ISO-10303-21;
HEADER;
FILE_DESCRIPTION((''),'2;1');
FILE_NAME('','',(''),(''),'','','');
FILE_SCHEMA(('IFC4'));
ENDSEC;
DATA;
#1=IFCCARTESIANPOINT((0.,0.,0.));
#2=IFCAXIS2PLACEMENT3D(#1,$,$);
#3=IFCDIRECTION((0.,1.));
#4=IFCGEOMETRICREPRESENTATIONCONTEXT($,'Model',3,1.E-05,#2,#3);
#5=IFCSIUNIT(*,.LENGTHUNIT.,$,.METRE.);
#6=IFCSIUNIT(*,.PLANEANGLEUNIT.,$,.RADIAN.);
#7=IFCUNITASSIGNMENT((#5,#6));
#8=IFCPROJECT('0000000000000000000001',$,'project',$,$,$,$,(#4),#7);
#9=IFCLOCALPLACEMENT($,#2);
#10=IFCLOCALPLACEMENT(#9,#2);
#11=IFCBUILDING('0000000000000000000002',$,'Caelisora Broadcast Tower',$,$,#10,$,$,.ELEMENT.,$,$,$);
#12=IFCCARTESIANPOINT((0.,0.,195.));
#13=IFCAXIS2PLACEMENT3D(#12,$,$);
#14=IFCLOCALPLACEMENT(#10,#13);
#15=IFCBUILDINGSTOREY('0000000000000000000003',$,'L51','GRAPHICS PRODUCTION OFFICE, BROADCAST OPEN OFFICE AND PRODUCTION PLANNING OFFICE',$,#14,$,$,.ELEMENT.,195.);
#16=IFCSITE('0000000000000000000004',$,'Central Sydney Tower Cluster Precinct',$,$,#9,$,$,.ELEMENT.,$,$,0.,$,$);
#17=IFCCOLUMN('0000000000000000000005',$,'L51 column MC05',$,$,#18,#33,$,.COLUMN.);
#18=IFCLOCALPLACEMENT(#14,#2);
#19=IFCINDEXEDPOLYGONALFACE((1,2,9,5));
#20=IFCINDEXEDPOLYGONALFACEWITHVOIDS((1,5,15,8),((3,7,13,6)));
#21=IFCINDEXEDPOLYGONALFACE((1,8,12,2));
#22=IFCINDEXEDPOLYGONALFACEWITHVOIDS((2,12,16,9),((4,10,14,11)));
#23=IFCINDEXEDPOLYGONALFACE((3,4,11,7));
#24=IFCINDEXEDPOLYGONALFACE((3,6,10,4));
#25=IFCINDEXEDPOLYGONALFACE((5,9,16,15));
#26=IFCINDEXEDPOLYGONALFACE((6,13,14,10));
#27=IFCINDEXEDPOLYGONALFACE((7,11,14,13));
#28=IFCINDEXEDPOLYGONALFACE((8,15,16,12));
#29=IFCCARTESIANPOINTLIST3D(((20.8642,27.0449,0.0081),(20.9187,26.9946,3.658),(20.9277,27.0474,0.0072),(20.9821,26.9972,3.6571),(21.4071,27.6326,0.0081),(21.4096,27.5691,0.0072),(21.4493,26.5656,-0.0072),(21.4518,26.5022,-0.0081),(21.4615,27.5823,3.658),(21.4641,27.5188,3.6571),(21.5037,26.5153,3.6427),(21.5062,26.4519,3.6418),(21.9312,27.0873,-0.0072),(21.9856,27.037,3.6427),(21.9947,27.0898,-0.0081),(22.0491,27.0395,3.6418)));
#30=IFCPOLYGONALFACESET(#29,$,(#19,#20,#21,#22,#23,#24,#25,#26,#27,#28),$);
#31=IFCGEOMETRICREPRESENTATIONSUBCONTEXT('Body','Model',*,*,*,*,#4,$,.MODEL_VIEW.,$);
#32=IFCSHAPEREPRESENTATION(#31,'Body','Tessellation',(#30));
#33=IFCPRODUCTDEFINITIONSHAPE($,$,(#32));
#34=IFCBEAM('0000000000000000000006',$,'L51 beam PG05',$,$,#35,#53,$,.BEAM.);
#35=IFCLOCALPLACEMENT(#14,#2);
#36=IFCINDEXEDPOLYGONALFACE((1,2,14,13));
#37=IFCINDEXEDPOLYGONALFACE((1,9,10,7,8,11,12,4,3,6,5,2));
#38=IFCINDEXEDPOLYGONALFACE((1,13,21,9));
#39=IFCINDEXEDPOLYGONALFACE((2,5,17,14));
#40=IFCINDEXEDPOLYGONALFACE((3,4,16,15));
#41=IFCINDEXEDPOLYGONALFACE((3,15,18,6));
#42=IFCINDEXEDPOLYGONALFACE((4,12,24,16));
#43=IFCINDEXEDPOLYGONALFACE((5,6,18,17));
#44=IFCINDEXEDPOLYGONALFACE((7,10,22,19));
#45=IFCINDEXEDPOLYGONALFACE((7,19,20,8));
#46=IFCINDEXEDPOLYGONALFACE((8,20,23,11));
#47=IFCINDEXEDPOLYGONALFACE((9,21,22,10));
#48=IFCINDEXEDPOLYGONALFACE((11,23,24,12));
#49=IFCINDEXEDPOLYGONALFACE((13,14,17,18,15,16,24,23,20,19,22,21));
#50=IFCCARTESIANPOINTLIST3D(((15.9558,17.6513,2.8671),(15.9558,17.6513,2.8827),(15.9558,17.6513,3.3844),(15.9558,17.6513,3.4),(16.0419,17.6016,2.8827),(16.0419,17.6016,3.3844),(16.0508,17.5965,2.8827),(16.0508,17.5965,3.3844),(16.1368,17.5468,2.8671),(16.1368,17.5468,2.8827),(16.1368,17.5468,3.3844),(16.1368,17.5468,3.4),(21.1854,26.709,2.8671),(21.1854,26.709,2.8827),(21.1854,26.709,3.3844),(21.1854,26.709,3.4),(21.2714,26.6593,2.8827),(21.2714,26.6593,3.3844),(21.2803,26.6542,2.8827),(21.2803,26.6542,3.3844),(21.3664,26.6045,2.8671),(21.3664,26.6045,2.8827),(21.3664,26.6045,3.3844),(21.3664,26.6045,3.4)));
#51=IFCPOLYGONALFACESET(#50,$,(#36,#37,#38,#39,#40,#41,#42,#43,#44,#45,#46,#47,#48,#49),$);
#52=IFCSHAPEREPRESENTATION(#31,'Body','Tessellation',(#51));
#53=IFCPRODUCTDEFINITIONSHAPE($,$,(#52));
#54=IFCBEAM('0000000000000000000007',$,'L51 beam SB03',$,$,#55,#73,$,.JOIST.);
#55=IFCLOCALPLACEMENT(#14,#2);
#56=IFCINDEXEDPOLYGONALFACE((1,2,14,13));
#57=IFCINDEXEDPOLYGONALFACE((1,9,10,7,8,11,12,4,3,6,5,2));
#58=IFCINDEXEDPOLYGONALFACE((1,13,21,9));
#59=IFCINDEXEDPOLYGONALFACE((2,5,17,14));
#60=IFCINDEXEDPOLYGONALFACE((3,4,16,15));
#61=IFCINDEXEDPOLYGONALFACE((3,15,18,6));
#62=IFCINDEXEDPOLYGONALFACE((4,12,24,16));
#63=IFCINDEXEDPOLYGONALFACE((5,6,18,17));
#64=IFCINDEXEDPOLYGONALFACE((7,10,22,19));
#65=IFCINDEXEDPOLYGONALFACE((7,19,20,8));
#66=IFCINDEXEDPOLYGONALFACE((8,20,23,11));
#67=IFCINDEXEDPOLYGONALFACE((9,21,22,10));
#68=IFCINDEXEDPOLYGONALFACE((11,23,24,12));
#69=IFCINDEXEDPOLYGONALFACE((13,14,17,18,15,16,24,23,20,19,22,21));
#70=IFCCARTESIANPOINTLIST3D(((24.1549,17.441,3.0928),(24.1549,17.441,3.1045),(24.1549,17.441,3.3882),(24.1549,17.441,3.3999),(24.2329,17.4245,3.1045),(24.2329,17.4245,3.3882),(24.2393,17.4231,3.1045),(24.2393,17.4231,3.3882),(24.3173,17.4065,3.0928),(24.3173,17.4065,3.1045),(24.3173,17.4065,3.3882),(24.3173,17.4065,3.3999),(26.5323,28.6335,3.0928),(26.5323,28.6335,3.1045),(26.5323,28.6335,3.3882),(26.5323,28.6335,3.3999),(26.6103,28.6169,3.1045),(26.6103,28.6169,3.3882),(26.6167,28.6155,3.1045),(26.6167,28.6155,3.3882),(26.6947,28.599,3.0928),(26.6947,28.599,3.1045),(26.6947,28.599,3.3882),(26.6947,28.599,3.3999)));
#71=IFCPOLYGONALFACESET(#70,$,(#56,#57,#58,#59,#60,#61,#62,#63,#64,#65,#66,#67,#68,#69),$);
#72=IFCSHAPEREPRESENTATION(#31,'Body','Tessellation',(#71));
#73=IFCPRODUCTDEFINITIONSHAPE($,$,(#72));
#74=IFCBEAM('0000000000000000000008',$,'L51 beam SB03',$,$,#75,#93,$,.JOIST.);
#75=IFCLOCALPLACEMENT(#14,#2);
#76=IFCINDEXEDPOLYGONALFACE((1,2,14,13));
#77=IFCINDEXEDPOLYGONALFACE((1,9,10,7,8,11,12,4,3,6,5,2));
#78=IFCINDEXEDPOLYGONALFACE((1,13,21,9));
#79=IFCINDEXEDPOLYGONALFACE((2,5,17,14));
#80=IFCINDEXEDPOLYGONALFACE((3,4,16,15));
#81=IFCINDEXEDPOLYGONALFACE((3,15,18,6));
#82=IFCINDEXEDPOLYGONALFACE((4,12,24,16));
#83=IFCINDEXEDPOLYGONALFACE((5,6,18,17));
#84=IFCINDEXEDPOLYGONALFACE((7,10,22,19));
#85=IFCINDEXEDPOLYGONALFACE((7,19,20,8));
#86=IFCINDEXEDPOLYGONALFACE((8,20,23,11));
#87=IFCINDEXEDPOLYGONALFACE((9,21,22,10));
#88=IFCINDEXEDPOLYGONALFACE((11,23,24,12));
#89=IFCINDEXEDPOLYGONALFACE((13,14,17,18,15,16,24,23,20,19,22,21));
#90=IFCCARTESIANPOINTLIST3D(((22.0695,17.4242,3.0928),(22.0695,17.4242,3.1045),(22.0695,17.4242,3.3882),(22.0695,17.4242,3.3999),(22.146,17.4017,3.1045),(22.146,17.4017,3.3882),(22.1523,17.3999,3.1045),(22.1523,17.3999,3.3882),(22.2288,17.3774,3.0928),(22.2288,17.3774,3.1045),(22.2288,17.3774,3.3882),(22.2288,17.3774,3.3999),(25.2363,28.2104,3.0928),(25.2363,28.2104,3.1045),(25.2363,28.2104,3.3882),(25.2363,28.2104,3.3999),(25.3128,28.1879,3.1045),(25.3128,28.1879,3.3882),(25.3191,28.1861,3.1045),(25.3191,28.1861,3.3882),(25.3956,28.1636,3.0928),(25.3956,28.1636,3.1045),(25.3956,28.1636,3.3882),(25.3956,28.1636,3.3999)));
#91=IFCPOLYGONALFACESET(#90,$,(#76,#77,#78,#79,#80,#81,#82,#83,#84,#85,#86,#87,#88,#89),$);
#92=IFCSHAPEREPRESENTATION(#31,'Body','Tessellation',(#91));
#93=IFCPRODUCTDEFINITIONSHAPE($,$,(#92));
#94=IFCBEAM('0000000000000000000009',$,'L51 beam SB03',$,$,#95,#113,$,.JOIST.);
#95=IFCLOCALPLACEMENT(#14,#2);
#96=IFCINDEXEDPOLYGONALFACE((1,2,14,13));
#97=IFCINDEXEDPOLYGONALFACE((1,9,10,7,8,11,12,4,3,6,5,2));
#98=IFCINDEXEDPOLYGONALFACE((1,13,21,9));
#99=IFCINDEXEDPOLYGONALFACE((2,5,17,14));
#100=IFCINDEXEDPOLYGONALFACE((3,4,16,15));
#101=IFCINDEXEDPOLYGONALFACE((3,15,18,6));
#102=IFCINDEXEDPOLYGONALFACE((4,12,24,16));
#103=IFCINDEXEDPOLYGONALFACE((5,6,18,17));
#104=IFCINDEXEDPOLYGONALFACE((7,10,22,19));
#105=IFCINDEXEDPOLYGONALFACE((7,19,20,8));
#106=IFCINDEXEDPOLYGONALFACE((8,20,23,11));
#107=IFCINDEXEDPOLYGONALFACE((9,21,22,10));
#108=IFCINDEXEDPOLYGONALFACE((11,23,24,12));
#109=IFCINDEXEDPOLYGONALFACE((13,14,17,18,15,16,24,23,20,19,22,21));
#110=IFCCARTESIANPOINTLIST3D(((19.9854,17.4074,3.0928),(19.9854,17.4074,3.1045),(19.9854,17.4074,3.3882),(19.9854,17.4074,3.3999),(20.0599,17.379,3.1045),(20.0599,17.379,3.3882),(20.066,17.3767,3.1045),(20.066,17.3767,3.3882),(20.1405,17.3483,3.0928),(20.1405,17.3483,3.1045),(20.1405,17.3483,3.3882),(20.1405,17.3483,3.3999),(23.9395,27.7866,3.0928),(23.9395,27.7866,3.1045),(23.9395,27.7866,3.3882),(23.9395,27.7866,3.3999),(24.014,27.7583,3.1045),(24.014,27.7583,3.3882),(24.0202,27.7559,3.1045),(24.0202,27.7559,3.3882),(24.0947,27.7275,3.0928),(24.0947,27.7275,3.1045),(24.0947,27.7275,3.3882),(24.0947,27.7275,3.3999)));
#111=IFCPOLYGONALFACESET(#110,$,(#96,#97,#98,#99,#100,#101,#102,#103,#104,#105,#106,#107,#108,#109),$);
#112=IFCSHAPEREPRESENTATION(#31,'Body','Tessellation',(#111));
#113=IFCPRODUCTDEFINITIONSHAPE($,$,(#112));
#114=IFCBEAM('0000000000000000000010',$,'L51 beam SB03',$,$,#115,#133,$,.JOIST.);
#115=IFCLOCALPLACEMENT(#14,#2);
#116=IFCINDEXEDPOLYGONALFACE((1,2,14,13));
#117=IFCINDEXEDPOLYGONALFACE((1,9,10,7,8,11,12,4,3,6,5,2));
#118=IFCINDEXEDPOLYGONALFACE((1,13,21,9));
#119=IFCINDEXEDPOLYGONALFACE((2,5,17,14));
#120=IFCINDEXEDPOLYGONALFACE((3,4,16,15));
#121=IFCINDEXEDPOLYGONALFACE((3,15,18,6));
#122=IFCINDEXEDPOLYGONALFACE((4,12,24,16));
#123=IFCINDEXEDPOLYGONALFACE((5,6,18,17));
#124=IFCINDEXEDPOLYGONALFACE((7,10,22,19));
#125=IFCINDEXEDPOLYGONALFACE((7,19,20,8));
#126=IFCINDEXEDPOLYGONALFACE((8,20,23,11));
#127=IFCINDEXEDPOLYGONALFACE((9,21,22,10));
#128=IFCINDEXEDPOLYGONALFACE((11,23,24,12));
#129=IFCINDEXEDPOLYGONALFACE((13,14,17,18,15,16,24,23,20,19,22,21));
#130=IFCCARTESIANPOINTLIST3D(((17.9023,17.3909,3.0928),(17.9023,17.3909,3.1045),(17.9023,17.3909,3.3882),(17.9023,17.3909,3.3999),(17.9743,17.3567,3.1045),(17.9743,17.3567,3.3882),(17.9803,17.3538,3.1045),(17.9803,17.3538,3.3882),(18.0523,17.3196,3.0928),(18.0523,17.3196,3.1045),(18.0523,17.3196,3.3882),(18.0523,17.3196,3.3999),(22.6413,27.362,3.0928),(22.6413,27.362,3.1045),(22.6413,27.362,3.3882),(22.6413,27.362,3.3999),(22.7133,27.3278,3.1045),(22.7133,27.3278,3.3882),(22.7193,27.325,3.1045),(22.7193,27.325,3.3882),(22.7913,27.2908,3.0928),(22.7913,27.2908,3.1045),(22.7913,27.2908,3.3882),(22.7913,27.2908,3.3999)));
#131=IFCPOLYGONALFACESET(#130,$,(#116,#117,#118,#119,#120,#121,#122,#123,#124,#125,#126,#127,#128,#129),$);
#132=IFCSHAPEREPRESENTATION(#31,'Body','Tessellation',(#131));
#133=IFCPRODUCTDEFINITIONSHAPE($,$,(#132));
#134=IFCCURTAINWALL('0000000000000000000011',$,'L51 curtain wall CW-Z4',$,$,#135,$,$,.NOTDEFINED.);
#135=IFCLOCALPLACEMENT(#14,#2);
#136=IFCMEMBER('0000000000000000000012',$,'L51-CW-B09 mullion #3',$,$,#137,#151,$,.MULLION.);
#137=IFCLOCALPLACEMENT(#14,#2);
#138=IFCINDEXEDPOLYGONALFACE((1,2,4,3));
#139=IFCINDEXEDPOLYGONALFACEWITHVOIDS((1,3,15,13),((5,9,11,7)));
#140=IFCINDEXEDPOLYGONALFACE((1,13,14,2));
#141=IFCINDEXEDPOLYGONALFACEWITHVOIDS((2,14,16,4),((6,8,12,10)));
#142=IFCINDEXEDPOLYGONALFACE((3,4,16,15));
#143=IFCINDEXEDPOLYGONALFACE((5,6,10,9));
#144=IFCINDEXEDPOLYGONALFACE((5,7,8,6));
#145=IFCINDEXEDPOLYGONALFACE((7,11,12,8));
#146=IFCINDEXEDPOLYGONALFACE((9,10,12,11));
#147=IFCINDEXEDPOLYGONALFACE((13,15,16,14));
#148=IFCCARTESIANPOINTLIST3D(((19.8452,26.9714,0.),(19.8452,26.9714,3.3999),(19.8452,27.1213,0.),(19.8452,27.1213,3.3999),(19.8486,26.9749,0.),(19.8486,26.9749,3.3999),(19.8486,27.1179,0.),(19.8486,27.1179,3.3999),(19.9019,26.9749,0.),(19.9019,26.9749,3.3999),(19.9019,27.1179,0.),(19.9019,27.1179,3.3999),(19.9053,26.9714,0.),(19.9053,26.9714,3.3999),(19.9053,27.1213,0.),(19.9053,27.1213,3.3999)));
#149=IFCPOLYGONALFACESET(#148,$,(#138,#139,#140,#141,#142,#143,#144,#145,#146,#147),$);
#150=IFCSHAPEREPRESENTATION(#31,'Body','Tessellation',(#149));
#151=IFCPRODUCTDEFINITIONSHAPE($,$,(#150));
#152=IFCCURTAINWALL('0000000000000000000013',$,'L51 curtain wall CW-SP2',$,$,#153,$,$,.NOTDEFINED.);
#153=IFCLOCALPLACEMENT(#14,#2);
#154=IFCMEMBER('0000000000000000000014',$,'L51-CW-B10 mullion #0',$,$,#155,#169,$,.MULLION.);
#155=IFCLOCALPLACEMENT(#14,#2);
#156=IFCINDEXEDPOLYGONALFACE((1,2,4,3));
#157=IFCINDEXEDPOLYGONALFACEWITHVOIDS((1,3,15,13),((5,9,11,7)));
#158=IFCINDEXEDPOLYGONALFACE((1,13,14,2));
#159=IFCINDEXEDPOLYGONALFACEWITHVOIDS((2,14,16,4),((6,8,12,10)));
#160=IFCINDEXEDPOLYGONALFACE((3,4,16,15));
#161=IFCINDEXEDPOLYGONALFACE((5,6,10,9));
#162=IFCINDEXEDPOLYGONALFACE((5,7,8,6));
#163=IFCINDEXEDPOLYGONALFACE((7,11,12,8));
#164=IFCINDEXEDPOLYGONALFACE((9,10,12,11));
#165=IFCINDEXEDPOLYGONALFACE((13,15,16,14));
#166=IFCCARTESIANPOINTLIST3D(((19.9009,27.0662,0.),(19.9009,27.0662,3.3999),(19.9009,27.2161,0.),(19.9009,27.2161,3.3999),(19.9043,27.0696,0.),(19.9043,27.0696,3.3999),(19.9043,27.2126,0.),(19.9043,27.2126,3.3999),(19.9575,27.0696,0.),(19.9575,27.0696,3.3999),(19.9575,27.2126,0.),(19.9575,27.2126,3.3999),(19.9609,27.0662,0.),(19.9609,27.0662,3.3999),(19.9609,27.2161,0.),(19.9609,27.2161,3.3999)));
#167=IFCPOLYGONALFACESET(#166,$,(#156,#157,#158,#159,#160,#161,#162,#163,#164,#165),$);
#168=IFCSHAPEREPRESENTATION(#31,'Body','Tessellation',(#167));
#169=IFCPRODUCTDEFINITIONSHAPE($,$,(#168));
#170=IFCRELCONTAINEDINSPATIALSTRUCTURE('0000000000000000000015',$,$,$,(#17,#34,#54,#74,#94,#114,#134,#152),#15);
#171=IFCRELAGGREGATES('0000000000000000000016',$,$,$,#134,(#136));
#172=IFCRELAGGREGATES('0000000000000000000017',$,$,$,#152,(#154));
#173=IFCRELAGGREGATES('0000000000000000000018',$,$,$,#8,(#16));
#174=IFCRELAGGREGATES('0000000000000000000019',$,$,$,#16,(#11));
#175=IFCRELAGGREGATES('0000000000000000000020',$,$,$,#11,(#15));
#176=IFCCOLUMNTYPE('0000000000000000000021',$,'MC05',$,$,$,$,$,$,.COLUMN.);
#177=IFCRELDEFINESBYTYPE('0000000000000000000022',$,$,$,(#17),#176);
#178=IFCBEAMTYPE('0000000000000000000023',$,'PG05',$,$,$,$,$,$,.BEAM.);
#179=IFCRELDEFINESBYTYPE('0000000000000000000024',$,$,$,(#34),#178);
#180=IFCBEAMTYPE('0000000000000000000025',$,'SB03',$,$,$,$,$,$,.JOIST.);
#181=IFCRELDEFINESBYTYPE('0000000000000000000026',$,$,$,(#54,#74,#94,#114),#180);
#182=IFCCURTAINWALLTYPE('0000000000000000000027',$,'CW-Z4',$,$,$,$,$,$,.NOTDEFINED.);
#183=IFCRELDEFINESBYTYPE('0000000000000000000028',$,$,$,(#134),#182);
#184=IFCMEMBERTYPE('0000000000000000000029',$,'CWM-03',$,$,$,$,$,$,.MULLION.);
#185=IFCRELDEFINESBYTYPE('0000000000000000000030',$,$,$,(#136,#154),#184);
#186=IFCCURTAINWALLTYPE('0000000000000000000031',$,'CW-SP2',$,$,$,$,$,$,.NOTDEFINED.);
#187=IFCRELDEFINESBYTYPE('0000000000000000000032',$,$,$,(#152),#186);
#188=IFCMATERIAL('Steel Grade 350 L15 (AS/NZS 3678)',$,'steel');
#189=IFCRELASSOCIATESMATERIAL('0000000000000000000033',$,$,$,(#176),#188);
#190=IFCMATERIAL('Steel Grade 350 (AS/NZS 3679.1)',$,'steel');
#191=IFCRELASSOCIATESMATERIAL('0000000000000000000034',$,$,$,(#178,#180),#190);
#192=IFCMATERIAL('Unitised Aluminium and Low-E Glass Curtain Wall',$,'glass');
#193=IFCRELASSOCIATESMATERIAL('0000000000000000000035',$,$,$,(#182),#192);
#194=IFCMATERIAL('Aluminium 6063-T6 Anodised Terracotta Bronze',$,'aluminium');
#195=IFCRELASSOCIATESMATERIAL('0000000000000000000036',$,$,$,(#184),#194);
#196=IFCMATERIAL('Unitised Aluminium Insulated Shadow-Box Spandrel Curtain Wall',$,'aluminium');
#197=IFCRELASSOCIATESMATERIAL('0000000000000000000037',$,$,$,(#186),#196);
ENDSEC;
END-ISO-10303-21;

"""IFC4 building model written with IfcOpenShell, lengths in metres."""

from ifc_helpers import new_model, si_unit, direction, frame, origin, origin_2d, place, context, subcontext, project, spatial, hollow_rectangle, i_section, extrude, source, transform, mapped, material, material_profile, profile_set, type_object, type_shapes, element, aggregate, save


model = new_model("IFC4")

# Units and contexts
model_context = context("Model", 3, precision=1e-05, world=origin(), true_north=direction((0.0, 1.0)))
body_context = subcontext(model_context, "Body", "Model", "MODEL_VIEW")
ifc_project = project(units=[si_unit("LENGTHUNIT", "METRE"), si_unit("PLANEANGLEUNIT", "RADIAN")], contexts=[model_context])

# Site, building, storey
site_placement = place(None, origin())
site = spatial("IfcSite", under=ifc_project, at=site_placement, Name="Central Sydney Tower Cluster Precinct", CompositionType="ELEMENT", RefElevation=0.0)
building_placement = place(site_placement, origin())
building = spatial("IfcBuilding", under=site, at=building_placement, Name="Caelisora Broadcast Tower", CompositionType="ELEMENT")
storey_placement = place(building_placement, frame((0.0, 0.0, 195.0)))
storey = spatial("IfcBuildingStorey", under=building, at=storey_placement, Name="L51", Description="GRAPHICS PRODUCTION OFFICE, BROADCAST OPEN OFFICE AND PRODUCTION PLANNING OFFICE", CompositionType="ELEMENT", Elevation=195.0)

# Column
ifc_material_1 = material(Name="Steel Grade 350 L15 (AS/NZS 3678)", Category="steel")
ifc_material_profile_1 = material_profile(ifc_material_1, hollow_rectangle(XDim=0.8, YDim=0.8, WallThickness=0.0449, at=origin_2d()), Name="Steel Grade 350 L15 (AS/NZS 3678)")
ifc_profile_set_1 = profile_set([ifc_material_profile_1], Name="Steel Grade 350 L15 (AS/NZS 3678)")
column_type = type_object("IfcColumnType", Name="MC05", PredefinedType="COLUMN", material=ifc_profile_set_1)
shared_shape_1 = source(origin(), body_context, "Body", "SweptSolid", [
    extrude(hollow_rectangle(XDim=0.8, YDim=0.8, WallThickness=0.0449, at=origin_2d()), origin(), (0.0, 0.0, 1.0), 3.6506),
])
type_shapes(column_type, [shared_shape_1])
column_placement = place(storey_placement, frame((21.4294, 27.0674, 0.0), z_axis=(0.014913, -0.013776, 0.999794), x_axis=(0.678554, 0.734551, 0.0)))
element("IfcColumn", 1, at=column_placement, inside=storey, type_object=column_type, Name="L51 column MC05", PredefinedType="COLUMN", context=body_context, shape_type="MappedRepresentation", body=[
    mapped(shared_shape_1, transform((0.0, 0.0, 0.0), scale=1.0)),
])

# Beams
ifc_material_2 = material(Name="Steel Grade 350 (AS/NZS 3679.1)", Category="steel")
ifc_material_profile_2 = material_profile(ifc_material_2, i_section(OverallWidth=0.209, OverallDepth=0.533, WebThickness=0.0103, FlangeThickness=0.0156, at=origin_2d()), Name="Steel Grade 350 (AS/NZS 3679.1)")
ifc_profile_set_2 = profile_set([ifc_material_profile_2], Name="Steel Grade 350 (AS/NZS 3679.1)")
beam_type_1 = type_object("IfcBeamType", Name="PG05", PredefinedType="BEAM", material=ifc_profile_set_2)
shared_shape_2 = source(origin(), body_context, "Body", "SweptSolid", [
    extrude(i_section(OverallWidth=0.209, OverallDepth=0.533, WebThickness=0.0103, FlangeThickness=0.0156, at=origin_2d()), origin(), (0.0, 0.0, 1.0), 10.459),
])
type_shapes(beam_type_1, [shared_shape_2])
beam_1_placement = place(storey_placement, frame((21.2759, 26.6567, 3.1335), z_axis=(-0.500005, -0.866022, 0.0), x_axis=(0.866022, -0.500005, 0.0)))
element("IfcBeam", 2, at=beam_1_placement, inside=storey, type_object=beam_type_1, Name="L51 beam PG05", PredefinedType="BEAM", context=body_context, shape_type="MappedRepresentation", body=[
    mapped(shared_shape_2, transform((0.0, 0.0, 0.0), scale=1.0)),
])
ifc_material_profile_3 = material_profile(ifc_material_2, i_section(OverallWidth=0.166, OverallDepth=0.3071, WebThickness=0.0066, FlangeThickness=0.0117, at=origin_2d()), Name="Steel Grade 350 (AS/NZS 3679.1)")
ifc_profile_set_3 = profile_set([ifc_material_profile_3], Name="Steel Grade 350 (AS/NZS 3679.1)")
beam_type_2 = type_object("IfcBeamType", Name="SB03", PredefinedType="JOIST", material=ifc_profile_set_3)
shared_shape_3 = source(origin(), body_context, "Body", "SweptSolid", [
    extrude(i_section(OverallWidth=0.166, OverallDepth=0.3071, WebThickness=0.0066, FlangeThickness=0.0117, at=origin_2d()), origin(), (0.0, 0.0, 1.0), 11.4421),
])
beam_2_placement = place(storey_placement, frame((26.6135, 28.6162, 3.2463), z_axis=(-0.20778, -0.978176, 0.0), x_axis=(0.978176, -0.20778, 0.0)))
element("IfcBeam", 3, at=beam_2_placement, inside=storey, type_object=beam_type_2, Name="L51 beam SB03", PredefinedType="JOIST", context=body_context, shape_type="MappedRepresentation", body=[
    mapped(shared_shape_3, transform((0.0, 0.0, 0.0), scale=1.0)),
])
shared_shape_4 = source(origin(), body_context, "Body", "SweptSolid", [
    extrude(i_section(OverallWidth=0.166, OverallDepth=0.3071, WebThickness=0.0066, FlangeThickness=0.0117, at=origin_2d()), origin(), (0.0, 0.0, 1.0), 11.2415),
])
beam_3_placement = place(storey_placement, frame((25.3159, 28.187, 3.2463), z_axis=(-0.281704, -0.959501, 0.0), x_axis=(0.959501, -0.281704, 0.0)))
element("IfcBeam", 4, at=beam_3_placement, inside=storey, type_object=beam_type_2, Name="L51 beam SB03", PredefinedType="JOIST", context=body_context, shape_type="MappedRepresentation", body=[
    mapped(shared_shape_4, transform((0.0, 0.0, 0.0), scale=1.0)),
])
shared_shape_5 = source(origin(), body_context, "Body", "SweptSolid", [
    extrude(i_section(OverallWidth=0.166, OverallDepth=0.3071, WebThickness=0.0066, FlangeThickness=0.0117, at=origin_2d()), origin(), (0.0, 0.0, 1.0), 11.1069),
])
beam_4_placement = place(storey_placement, frame((24.0171, 27.7571, 3.2463), z_axis=(-0.356006, -0.934484, 0.0), x_axis=(0.934484, -0.356006, 0.0)))
element("IfcBeam", 5, at=beam_4_placement, inside=storey, type_object=beam_type_2, Name="L51 beam SB03", PredefinedType="JOIST", context=body_context, shape_type="MappedRepresentation", body=[
    mapped(shared_shape_5, transform((0.0, 0.0, 0.0), scale=1.0)),
])
shared_shape_6 = source(origin(), body_context, "Body", "SweptSolid", [
    extrude(i_section(OverallWidth=0.166, OverallDepth=0.3071, WebThickness=0.0066, FlangeThickness=0.0117, at=origin_2d()), origin(), (0.0, 0.0, 1.0), 11.04),
])
type_shapes(beam_type_2, [shared_shape_3, shared_shape_4, shared_shape_5, shared_shape_6])
beam_5_placement = place(storey_placement, frame((22.7163, 27.3264, 3.2463), z_axis=(-0.429256, -0.903183, 0.0), x_axis=(0.903183, -0.429256, 0.0)))
element("IfcBeam", 6, at=beam_5_placement, inside=storey, type_object=beam_type_2, Name="L51 beam SB03", PredefinedType="JOIST", context=body_context, shape_type="MappedRepresentation", body=[
    mapped(shared_shape_6, transform((0.0, 0.0, 0.0), scale=1.0)),
])

# Curtain wall, member
ifc_material_3 = material(Name="Unitised Aluminium and Low-E Glass Curtain Wall", Category="glass")
curtain_wall_type_1 = type_object("IfcCurtainWallType", Name="CW-Z4", PredefinedType="NOTDEFINED", material=ifc_material_3)
curtain_wall_1_placement = place(storey_placement, origin())
curtain_wall_1 = element("IfcCurtainWall", 7, at=curtain_wall_1_placement, inside=storey, type_object=curtain_wall_type_1, Name="L51 curtain wall CW-Z4", PredefinedType="NOTDEFINED")
ifc_material_4 = material(Name="Aluminium 6063-T6 Anodised Terracotta Bronze", Category="aluminium")
ifc_material_profile_4 = material_profile(ifc_material_4, hollow_rectangle(XDim=0.0601, YDim=0.1499, WallThickness=0.0034, at=origin_2d()), Name="Aluminium 6063-T6 Anodised Terracotta Bronze")
ifc_profile_set_4 = profile_set([ifc_material_profile_4], Name="Aluminium 6063-T6 Anodised Terracotta Bronze")
member_type_1 = type_object("IfcMemberType", Name="CWM-03", PredefinedType="MULLION", material=ifc_profile_set_4)
shared_shape_7 = source(origin(), body_context, "Body", "SweptSolid", [
    extrude(hollow_rectangle(XDim=0.0601, YDim=0.1499, WallThickness=0.0034, at=origin_2d()), origin(), (0.0, 0.0, 1.0), 3.3999),
])
type_shapes(member_type_1, [shared_shape_7])
member_1_placement = place(storey_placement, frame((19.8752, 27.0464, 0.0), z_axis=(0.0, 0.0, 1.0), x_axis=(1.0, 0.0, 0.0)))
member_1 = element("IfcMember", 8, at=member_1_placement, type_object=member_type_1, Name="L51-CW-B09 mullion #3", PredefinedType="MULLION", context=body_context, shape_type="MappedRepresentation", body=[
    mapped(shared_shape_7, transform((0.0, 0.0, 0.0), scale=1.0)),
])

# Curtain wall, member
ifc_material_5 = material(Name="Unitised Aluminium Insulated Shadow-Box Spandrel Curtain Wall", Category="aluminium")
curtain_wall_type_2 = type_object("IfcCurtainWallType", Name="CW-SP2", PredefinedType="NOTDEFINED", material=ifc_material_5)
curtain_wall_2_placement = place(storey_placement, origin())
curtain_wall_2 = element("IfcCurtainWall", 9, at=curtain_wall_2_placement, inside=storey, type_object=curtain_wall_type_2, Name="L51 curtain wall CW-SP2", PredefinedType="NOTDEFINED")
member_2_placement = place(storey_placement, frame((19.9309, 27.1411, 0.0), z_axis=(0.0, 0.0, 1.0), x_axis=(1.0, 0.0, 0.0)))
member_2 = element("IfcMember", 10, at=member_2_placement, type_object=member_type_1, Name="L51-CW-B10 mullion #0", PredefinedType="MULLION", context=body_context, shape_type="MappedRepresentation", body=[
    mapped(shared_shape_7, transform((0.0, 0.0, 0.0), scale=1.0)),
])

aggregate(curtain_wall_1, [member_1])
aggregate(curtain_wall_2, [member_2])

save(model, "model.ifc")
